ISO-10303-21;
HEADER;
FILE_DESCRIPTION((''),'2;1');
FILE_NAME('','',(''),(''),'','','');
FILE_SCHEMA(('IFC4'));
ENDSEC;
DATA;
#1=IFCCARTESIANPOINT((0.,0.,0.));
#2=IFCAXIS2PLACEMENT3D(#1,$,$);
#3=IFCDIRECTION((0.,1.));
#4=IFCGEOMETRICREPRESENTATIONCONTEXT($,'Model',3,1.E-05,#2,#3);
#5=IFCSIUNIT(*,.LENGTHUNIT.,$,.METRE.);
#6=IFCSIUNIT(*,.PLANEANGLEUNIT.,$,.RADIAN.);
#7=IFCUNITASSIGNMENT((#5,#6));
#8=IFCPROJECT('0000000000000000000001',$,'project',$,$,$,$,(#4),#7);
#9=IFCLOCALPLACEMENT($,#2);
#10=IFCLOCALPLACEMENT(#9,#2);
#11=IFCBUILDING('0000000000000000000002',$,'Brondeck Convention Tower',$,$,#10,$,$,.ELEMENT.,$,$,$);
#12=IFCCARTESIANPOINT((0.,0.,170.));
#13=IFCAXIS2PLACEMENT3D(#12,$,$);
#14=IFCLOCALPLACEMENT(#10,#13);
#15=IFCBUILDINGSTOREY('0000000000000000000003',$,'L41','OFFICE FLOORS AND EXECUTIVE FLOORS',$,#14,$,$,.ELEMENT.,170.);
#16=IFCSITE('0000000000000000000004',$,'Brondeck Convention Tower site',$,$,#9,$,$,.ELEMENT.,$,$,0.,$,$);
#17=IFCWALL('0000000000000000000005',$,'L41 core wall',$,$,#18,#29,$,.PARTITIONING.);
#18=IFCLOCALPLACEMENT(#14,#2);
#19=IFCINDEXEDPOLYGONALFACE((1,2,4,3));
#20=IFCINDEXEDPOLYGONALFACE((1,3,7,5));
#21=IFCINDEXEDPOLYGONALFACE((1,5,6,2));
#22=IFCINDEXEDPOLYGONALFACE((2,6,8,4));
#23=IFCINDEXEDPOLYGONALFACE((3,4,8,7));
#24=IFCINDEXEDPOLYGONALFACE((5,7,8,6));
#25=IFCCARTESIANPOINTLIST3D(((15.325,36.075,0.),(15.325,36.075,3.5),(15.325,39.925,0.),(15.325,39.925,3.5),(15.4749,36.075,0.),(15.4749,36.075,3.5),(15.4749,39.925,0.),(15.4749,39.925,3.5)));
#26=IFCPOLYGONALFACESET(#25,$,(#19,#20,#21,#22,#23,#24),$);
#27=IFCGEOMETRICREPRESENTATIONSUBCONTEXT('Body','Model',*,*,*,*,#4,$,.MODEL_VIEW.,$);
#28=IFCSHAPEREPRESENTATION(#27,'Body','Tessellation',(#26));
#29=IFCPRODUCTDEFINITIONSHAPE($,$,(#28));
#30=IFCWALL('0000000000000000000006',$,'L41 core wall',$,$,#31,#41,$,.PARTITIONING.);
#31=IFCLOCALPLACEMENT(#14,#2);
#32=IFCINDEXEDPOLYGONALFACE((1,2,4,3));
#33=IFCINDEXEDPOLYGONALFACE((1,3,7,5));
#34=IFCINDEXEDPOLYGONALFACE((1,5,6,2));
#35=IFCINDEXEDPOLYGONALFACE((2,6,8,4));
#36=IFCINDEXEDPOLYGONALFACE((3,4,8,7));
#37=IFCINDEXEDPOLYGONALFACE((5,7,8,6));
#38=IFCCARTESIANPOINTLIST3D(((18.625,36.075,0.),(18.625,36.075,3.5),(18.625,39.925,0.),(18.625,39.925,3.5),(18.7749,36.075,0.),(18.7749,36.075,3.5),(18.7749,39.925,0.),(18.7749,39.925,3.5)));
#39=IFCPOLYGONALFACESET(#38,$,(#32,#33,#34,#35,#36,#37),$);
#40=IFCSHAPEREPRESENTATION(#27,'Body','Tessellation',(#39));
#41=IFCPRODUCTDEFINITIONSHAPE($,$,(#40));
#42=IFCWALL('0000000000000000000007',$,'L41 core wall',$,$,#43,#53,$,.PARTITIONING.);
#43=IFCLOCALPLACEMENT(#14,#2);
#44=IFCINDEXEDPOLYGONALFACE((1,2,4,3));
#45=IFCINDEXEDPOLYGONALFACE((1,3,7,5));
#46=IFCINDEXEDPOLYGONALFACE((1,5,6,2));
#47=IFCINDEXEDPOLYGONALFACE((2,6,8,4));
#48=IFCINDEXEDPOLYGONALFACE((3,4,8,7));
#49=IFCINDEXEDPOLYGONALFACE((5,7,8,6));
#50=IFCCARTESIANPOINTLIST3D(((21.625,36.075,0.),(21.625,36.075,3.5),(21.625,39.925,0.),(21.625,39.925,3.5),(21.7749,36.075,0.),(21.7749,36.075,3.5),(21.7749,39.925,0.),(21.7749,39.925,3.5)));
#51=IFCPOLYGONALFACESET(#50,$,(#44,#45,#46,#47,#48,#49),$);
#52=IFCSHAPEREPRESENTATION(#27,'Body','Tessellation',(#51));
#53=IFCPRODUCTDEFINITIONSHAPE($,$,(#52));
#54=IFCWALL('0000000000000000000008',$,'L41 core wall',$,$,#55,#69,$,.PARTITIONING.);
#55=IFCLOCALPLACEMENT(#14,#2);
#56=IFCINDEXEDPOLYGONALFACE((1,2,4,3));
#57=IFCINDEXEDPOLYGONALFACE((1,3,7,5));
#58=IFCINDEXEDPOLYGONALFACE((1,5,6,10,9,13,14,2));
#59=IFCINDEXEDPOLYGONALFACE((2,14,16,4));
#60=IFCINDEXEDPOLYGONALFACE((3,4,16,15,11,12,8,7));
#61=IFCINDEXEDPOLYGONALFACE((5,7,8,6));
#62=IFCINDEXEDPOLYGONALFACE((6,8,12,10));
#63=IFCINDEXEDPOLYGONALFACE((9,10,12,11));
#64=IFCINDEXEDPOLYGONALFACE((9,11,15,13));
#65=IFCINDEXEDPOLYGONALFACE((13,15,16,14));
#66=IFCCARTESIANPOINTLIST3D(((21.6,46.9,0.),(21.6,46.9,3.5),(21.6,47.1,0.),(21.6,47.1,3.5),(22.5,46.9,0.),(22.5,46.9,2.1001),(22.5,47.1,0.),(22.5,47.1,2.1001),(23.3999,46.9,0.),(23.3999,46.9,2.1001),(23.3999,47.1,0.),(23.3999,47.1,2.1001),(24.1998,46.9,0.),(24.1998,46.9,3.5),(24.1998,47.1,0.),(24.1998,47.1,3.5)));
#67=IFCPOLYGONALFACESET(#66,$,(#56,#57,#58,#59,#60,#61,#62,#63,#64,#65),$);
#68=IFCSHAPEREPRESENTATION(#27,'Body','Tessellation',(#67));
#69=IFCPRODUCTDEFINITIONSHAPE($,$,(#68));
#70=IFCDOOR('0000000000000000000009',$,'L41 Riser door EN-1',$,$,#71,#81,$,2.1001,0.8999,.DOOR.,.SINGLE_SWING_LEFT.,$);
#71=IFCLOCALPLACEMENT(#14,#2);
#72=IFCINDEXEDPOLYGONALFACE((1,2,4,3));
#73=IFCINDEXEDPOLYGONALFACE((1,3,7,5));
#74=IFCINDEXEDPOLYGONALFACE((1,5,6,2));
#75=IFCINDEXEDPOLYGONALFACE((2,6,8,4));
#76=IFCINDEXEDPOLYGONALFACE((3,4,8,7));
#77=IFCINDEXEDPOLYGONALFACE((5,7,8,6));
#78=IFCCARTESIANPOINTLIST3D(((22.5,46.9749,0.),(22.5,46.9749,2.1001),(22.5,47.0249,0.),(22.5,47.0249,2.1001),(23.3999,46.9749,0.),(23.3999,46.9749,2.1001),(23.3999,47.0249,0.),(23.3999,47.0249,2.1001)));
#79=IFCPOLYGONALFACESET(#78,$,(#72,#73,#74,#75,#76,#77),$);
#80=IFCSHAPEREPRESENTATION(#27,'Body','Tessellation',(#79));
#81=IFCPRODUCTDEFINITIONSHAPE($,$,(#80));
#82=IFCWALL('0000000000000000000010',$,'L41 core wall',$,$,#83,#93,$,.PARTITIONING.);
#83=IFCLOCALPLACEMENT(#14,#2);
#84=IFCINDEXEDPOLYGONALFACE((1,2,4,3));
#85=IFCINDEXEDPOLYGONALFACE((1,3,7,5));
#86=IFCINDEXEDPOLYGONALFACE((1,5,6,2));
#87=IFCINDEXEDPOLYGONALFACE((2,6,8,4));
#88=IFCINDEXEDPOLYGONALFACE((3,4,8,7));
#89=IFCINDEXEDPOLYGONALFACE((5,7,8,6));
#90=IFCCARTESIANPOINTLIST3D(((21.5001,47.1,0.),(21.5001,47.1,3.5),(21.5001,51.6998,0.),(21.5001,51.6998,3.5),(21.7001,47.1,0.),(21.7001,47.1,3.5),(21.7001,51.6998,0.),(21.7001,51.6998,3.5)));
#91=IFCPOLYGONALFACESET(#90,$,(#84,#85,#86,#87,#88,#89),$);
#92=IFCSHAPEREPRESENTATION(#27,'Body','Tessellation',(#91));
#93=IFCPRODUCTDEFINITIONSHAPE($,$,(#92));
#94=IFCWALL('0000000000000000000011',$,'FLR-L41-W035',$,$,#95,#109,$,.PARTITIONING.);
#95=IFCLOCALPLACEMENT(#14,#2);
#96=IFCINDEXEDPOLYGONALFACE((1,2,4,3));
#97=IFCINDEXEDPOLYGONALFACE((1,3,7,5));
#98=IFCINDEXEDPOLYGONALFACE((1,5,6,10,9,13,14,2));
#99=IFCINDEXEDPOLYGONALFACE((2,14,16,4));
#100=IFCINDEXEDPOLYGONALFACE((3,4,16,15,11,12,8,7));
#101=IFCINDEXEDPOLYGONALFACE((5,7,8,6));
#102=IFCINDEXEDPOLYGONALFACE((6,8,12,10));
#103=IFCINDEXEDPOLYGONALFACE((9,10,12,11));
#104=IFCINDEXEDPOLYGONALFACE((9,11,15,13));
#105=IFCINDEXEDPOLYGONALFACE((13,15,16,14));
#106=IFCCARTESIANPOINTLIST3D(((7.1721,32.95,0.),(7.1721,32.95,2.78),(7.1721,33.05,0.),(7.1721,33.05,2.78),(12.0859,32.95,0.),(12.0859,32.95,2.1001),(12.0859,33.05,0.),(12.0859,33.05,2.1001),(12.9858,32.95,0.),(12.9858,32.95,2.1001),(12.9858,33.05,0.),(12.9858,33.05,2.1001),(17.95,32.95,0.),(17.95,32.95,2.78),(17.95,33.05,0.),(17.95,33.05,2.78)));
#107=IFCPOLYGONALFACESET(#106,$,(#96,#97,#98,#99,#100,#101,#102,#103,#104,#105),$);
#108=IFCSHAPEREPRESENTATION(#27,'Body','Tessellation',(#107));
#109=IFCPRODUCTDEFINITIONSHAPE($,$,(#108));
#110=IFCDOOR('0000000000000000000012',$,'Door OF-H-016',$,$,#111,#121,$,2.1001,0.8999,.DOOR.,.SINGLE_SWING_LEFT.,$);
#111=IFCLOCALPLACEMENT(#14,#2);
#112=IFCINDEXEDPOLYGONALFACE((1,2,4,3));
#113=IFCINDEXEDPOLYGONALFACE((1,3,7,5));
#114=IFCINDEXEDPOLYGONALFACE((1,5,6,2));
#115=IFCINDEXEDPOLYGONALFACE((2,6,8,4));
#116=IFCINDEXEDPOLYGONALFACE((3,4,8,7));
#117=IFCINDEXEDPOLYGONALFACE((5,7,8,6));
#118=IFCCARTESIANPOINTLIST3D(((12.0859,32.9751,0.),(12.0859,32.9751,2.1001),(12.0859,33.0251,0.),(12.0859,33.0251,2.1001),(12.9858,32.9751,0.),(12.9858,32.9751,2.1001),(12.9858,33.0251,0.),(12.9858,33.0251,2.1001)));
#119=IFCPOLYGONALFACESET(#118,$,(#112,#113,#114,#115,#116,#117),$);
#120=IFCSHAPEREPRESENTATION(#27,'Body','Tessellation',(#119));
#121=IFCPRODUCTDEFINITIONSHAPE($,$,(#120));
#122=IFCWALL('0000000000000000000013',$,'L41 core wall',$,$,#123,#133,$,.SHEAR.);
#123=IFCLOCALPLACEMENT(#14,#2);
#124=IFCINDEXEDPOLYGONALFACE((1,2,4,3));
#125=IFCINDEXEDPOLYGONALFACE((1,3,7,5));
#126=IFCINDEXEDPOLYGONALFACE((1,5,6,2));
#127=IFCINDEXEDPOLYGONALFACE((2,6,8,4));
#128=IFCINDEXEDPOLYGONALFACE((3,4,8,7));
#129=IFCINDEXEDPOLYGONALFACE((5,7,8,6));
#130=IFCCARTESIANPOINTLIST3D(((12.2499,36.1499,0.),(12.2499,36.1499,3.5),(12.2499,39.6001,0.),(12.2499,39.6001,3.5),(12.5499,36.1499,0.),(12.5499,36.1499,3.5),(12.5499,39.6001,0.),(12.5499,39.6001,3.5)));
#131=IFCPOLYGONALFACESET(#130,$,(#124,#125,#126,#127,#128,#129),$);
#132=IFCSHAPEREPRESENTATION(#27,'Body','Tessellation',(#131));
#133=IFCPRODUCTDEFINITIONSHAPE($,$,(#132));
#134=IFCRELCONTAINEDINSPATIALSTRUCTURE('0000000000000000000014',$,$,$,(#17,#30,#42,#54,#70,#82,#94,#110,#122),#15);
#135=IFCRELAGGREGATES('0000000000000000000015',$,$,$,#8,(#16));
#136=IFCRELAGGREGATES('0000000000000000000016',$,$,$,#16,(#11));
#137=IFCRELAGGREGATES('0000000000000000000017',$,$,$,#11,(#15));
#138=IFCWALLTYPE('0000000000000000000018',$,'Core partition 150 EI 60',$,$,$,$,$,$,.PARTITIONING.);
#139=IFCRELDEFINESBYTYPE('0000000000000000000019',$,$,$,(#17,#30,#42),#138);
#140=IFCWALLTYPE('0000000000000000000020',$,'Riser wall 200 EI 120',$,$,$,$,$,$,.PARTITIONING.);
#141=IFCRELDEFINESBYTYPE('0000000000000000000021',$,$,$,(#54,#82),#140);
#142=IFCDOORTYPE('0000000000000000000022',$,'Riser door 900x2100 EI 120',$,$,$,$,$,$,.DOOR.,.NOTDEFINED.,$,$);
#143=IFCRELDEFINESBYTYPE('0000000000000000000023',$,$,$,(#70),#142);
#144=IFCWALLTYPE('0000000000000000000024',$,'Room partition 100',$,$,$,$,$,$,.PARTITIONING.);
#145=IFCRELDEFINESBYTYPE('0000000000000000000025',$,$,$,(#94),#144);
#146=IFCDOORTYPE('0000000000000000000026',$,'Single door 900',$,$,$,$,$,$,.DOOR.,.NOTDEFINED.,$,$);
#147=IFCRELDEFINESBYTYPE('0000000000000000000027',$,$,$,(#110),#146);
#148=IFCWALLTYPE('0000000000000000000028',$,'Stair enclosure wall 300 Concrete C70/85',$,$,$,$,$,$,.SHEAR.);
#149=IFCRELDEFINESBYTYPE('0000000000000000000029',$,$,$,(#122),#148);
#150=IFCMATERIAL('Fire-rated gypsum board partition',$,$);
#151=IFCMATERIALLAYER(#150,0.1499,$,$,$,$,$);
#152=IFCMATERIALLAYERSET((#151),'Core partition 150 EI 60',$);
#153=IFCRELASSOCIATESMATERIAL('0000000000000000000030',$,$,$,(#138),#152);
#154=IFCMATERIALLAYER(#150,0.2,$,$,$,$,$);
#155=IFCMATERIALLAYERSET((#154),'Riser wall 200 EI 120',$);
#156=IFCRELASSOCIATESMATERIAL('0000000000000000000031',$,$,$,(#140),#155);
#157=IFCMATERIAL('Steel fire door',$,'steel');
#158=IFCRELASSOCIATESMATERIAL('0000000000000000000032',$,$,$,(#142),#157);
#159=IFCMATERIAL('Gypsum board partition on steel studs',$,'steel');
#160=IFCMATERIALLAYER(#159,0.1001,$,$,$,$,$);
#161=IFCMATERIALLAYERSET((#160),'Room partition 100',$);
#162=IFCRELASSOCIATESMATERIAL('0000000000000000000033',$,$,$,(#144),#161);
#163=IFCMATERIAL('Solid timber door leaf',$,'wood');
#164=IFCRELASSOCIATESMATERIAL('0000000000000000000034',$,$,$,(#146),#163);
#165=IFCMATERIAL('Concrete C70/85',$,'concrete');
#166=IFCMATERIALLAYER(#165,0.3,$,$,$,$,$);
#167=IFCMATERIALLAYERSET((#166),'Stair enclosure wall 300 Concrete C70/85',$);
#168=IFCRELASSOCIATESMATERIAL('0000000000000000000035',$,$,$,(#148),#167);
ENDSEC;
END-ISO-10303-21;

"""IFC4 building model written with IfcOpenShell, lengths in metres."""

from ifc_helpers import new_model, si_unit, direction, frame, frame_2d, origin, place, context, subcontext, project, spatial, rectangle, extrude, material, layer, layer_set, type_object, element, fill, save


model = new_model("IFC4")

# Units and contexts
model_context = context("Model", 3, precision=1e-05, world=origin(), true_north=direction((0.0, 1.0)))
body_context = subcontext(model_context, "Body", "Model", "MODEL_VIEW")
ifc_project = project(units=[si_unit("LENGTHUNIT", "METRE"), si_unit("PLANEANGLEUNIT", "RADIAN")], contexts=[model_context])

# Site, building, storey
site_placement = place(None, origin())
site = spatial("IfcSite", under=ifc_project, at=site_placement, Name="Brondeck Convention Tower site", CompositionType="ELEMENT", RefElevation=0.0)
building_placement = place(site_placement, origin())
building = spatial("IfcBuilding", under=site, at=building_placement, Name="Brondeck Convention Tower", CompositionType="ELEMENT")
storey_placement = place(building_placement, frame((0.0, 0.0, 170.0)))
storey = spatial("IfcBuildingStorey", under=building, at=storey_placement, Name="L41", Description="OFFICE FLOORS AND EXECUTIVE FLOORS", CompositionType="ELEMENT", Elevation=170.0)

# Shared definitions
ifc_material_1 = material(Name="Concrete C70/85", Category="concrete")
ifc_material_2 = material(Name="Steel fire door", Category="steel")

# Walls
ifc_material_3 = material(Name="Fire-rated gypsum board partition")
ifc_layer_1 = layer(ifc_material_3, 0.1499)
ifc_layer_set_1 = layer_set([ifc_layer_1], Name="Core partition 150 EI 60")
wall_type_1 = type_object("IfcWallType", Name="Core partition 150 EI 60", PredefinedType="PARTITIONING", material=ifc_layer_set_1)
for number, where, z_axis, x_axis, name in (
    (1, (15.3999, 36.075, 0.0), (0.0, 0.0, 1.0), (0.0, 1.0, 0.0), "L41 core wall"),
    (2, (18.7, 36.075, 0.0), (0.0, 0.0, 1.0), (0.0, 1.0, 0.0), "L41 core wall"),
    (3, (21.7, 36.075, 0.0), (0.0, 0.0, 1.0), (0.0, 1.0, 0.0), "L41 core wall"),
):
    element("IfcWall", number, at=place(storey_placement, frame(where, z_axis=z_axis, x_axis=x_axis)), inside=storey, type_object=wall_type_1, Name=name, PredefinedType="PARTITIONING", context=body_context, shape_type="SweptSolid", body=[
        extrude(rectangle(XDim=3.8501, YDim=0.1499, at=frame_2d((1.925, 0.0))), origin(), (0.0, 0.0, 1.0), 3.5),
    ])

# Wall, opening, door
ifc_layer_2 = layer(ifc_material_3, 0.2)
ifc_layer_set_2 = layer_set([ifc_layer_2], Name="Riser wall 200 EI 120")
wall_type_2 = type_object("IfcWallType", Name="Riser wall 200 EI 120", PredefinedType="PARTITIONING", material=ifc_layer_set_2)
wall_1_placement = place(storey_placement, frame((21.6001, 47.0, 0.0), z_axis=(0.0, 0.0, 1.0), x_axis=(1.0, 0.0, 0.0)))
wall_1 = element("IfcWall", 4, at=wall_1_placement, inside=storey, type_object=wall_type_2, Name="L41 core wall", PredefinedType="PARTITIONING", context=body_context, shape_type="SweptSolid", body=[
    extrude(rectangle(XDim=2.5999, YDim=0.2, at=frame_2d((1.2998, 0.0))), origin(), (0.0, 0.0, 1.0), 3.5),
])
opening_1_placement = place(wall_1_placement, frame((0.8999, 0.0, 0.0)))
opening_1 = element("IfcOpeningElement", 5, at=opening_1_placement, cuts=wall_1, PredefinedType="OPENING", context=body_context, shape_type="SweptSolid", body=[
    extrude(rectangle(XDim=0.8999, YDim=2.1001, at=frame_2d((0.45, 1.05))), frame((0.0, 0.1099, 0.0), z_axis=(0.0, -1.0, 0.0), x_axis=(1.0, 0.0, 0.0)), (0.0, 0.0, 1.0), 0.22),
])
door_type_1 = type_object("IfcDoorType", Name="Riser door 900x2100 EI 120", OperationType="NOTDEFINED", PredefinedType="DOOR", material=ifc_material_2)
door_1_placement = place(opening_1_placement, origin())
door_1 = element("IfcDoor", 6, at=door_1_placement, inside=storey, type_object=door_type_1, Name="L41 Riser door EN-1", OperationType="SINGLE_SWING_LEFT", OverallHeight=2.1001, OverallWidth=0.8999, PredefinedType="DOOR", context=body_context, shape_type="SweptSolid", body=[
    extrude(rectangle(XDim=0.8999, YDim=2.1001, at=frame_2d((0.45, 1.05))), frame((0.0, 0.0249, 0.0), z_axis=(0.0, -1.0, 0.0), x_axis=(1.0, 0.0, 0.0)), (0.0, 0.0, 1.0), 0.05),
])
fill(opening_1, door_1)

# Wall
wall_2_placement = place(storey_placement, frame((21.6001, 47.1001, 0.0), z_axis=(0.0, 0.0, 1.0), x_axis=(0.0, 1.0, 0.0)))
element("IfcWall", 7, at=wall_2_placement, inside=storey, type_object=wall_type_2, Name="L41 core wall", PredefinedType="PARTITIONING", context=body_context, shape_type="SweptSolid", body=[
    extrude(rectangle(XDim=4.5999, YDim=0.2, at=frame_2d((2.2998, 0.0))), origin(), (0.0, 0.0, 1.0), 3.5),
])

# Wall, opening, door
ifc_material_4 = material(Name="Gypsum board partition on steel studs", Category="steel")
ifc_layer_3 = layer(ifc_material_4, 0.1001)
ifc_layer_set_3 = layer_set([ifc_layer_3], Name="Room partition 100")
wall_type_3 = type_object("IfcWallType", Name="Room partition 100", PredefinedType="PARTITIONING", material=ifc_layer_set_3)
wall_3_placement = place(storey_placement, frame((17.95, 33.0, 0.0), z_axis=(0.0, 0.0, 1.0), x_axis=(-1.0, 0.0, 0.0)))
wall_3 = element("IfcWall", 8, at=wall_3_placement, inside=storey, type_object=wall_type_3, Name="FLR-L41-W035", PredefinedType="PARTITIONING", context=body_context, shape_type="SweptSolid", body=[
    extrude(rectangle(XDim=10.7778, YDim=0.1001, at=frame_2d((5.3889, 0.0))), origin(), (0.0, 0.0, 1.0), 2.78),
])
opening_2_placement = place(wall_3_placement, frame((4.9641, 0.0, 0.0)))
opening_2 = element("IfcOpeningElement", 9, at=opening_2_placement, cuts=wall_3, PredefinedType="OPENING", context=body_context, shape_type="SweptSolid", body=[
    extrude(rectangle(XDim=0.8999, YDim=2.1001, at=frame_2d((0.45, 1.05))), frame((0.0, 0.0601, 0.0), z_axis=(0.0, -1.0, 0.0), x_axis=(1.0, 0.0, 0.0)), (0.0, 0.0, 1.0), 0.1201),
])
ifc_material_5 = material(Name="Solid timber door leaf", Category="wood")
door_type_2 = type_object("IfcDoorType", Name="Single door 900", OperationType="NOTDEFINED", PredefinedType="DOOR", material=ifc_material_5)
door_2_placement = place(opening_2_placement, origin())
door_2 = element("IfcDoor", 10, at=door_2_placement, inside=storey, type_object=door_type_2, Name="Door OF-H-016", OperationType="SINGLE_SWING_LEFT", OverallHeight=2.1001, OverallWidth=0.8999, PredefinedType="DOOR", context=body_context, shape_type="SweptSolid", body=[
    extrude(rectangle(XDim=0.8999, YDim=2.1001, at=frame_2d((0.45, 1.05))), frame((0.0, 0.0249, 0.0), z_axis=(0.0, -1.0, 0.0), x_axis=(1.0, 0.0, 0.0)), (0.0, 0.0, 1.0), 0.05),
])
fill(opening_2, door_2)

# Wall
ifc_layer_4 = layer(ifc_material_1, 0.3)
ifc_layer_set_4 = layer_set([ifc_layer_4], Name="Stair enclosure wall 300 Concrete C70/85")
wall_type_4 = type_object("IfcWallType", Name="Stair enclosure wall 300 Concrete C70/85", PredefinedType="SHEAR", material=ifc_layer_set_4)
wall_4_placement = place(storey_placement, frame((12.3999, 36.1499, 0.0), z_axis=(0.0, 0.0, 1.0), x_axis=(0.0, 1.0, 0.0)))
element("IfcWall", 11, at=wall_4_placement, inside=storey, type_object=wall_type_4, Name="L41 core wall", PredefinedType="SHEAR", context=body_context, shape_type="SweptSolid", body=[
    extrude(rectangle(XDim=3.4502, YDim=0.3, at=frame_2d((1.7251, 0.0))), origin(), (0.0, 0.0, 1.0), 3.5),
])

save(model, "model.ifc")
